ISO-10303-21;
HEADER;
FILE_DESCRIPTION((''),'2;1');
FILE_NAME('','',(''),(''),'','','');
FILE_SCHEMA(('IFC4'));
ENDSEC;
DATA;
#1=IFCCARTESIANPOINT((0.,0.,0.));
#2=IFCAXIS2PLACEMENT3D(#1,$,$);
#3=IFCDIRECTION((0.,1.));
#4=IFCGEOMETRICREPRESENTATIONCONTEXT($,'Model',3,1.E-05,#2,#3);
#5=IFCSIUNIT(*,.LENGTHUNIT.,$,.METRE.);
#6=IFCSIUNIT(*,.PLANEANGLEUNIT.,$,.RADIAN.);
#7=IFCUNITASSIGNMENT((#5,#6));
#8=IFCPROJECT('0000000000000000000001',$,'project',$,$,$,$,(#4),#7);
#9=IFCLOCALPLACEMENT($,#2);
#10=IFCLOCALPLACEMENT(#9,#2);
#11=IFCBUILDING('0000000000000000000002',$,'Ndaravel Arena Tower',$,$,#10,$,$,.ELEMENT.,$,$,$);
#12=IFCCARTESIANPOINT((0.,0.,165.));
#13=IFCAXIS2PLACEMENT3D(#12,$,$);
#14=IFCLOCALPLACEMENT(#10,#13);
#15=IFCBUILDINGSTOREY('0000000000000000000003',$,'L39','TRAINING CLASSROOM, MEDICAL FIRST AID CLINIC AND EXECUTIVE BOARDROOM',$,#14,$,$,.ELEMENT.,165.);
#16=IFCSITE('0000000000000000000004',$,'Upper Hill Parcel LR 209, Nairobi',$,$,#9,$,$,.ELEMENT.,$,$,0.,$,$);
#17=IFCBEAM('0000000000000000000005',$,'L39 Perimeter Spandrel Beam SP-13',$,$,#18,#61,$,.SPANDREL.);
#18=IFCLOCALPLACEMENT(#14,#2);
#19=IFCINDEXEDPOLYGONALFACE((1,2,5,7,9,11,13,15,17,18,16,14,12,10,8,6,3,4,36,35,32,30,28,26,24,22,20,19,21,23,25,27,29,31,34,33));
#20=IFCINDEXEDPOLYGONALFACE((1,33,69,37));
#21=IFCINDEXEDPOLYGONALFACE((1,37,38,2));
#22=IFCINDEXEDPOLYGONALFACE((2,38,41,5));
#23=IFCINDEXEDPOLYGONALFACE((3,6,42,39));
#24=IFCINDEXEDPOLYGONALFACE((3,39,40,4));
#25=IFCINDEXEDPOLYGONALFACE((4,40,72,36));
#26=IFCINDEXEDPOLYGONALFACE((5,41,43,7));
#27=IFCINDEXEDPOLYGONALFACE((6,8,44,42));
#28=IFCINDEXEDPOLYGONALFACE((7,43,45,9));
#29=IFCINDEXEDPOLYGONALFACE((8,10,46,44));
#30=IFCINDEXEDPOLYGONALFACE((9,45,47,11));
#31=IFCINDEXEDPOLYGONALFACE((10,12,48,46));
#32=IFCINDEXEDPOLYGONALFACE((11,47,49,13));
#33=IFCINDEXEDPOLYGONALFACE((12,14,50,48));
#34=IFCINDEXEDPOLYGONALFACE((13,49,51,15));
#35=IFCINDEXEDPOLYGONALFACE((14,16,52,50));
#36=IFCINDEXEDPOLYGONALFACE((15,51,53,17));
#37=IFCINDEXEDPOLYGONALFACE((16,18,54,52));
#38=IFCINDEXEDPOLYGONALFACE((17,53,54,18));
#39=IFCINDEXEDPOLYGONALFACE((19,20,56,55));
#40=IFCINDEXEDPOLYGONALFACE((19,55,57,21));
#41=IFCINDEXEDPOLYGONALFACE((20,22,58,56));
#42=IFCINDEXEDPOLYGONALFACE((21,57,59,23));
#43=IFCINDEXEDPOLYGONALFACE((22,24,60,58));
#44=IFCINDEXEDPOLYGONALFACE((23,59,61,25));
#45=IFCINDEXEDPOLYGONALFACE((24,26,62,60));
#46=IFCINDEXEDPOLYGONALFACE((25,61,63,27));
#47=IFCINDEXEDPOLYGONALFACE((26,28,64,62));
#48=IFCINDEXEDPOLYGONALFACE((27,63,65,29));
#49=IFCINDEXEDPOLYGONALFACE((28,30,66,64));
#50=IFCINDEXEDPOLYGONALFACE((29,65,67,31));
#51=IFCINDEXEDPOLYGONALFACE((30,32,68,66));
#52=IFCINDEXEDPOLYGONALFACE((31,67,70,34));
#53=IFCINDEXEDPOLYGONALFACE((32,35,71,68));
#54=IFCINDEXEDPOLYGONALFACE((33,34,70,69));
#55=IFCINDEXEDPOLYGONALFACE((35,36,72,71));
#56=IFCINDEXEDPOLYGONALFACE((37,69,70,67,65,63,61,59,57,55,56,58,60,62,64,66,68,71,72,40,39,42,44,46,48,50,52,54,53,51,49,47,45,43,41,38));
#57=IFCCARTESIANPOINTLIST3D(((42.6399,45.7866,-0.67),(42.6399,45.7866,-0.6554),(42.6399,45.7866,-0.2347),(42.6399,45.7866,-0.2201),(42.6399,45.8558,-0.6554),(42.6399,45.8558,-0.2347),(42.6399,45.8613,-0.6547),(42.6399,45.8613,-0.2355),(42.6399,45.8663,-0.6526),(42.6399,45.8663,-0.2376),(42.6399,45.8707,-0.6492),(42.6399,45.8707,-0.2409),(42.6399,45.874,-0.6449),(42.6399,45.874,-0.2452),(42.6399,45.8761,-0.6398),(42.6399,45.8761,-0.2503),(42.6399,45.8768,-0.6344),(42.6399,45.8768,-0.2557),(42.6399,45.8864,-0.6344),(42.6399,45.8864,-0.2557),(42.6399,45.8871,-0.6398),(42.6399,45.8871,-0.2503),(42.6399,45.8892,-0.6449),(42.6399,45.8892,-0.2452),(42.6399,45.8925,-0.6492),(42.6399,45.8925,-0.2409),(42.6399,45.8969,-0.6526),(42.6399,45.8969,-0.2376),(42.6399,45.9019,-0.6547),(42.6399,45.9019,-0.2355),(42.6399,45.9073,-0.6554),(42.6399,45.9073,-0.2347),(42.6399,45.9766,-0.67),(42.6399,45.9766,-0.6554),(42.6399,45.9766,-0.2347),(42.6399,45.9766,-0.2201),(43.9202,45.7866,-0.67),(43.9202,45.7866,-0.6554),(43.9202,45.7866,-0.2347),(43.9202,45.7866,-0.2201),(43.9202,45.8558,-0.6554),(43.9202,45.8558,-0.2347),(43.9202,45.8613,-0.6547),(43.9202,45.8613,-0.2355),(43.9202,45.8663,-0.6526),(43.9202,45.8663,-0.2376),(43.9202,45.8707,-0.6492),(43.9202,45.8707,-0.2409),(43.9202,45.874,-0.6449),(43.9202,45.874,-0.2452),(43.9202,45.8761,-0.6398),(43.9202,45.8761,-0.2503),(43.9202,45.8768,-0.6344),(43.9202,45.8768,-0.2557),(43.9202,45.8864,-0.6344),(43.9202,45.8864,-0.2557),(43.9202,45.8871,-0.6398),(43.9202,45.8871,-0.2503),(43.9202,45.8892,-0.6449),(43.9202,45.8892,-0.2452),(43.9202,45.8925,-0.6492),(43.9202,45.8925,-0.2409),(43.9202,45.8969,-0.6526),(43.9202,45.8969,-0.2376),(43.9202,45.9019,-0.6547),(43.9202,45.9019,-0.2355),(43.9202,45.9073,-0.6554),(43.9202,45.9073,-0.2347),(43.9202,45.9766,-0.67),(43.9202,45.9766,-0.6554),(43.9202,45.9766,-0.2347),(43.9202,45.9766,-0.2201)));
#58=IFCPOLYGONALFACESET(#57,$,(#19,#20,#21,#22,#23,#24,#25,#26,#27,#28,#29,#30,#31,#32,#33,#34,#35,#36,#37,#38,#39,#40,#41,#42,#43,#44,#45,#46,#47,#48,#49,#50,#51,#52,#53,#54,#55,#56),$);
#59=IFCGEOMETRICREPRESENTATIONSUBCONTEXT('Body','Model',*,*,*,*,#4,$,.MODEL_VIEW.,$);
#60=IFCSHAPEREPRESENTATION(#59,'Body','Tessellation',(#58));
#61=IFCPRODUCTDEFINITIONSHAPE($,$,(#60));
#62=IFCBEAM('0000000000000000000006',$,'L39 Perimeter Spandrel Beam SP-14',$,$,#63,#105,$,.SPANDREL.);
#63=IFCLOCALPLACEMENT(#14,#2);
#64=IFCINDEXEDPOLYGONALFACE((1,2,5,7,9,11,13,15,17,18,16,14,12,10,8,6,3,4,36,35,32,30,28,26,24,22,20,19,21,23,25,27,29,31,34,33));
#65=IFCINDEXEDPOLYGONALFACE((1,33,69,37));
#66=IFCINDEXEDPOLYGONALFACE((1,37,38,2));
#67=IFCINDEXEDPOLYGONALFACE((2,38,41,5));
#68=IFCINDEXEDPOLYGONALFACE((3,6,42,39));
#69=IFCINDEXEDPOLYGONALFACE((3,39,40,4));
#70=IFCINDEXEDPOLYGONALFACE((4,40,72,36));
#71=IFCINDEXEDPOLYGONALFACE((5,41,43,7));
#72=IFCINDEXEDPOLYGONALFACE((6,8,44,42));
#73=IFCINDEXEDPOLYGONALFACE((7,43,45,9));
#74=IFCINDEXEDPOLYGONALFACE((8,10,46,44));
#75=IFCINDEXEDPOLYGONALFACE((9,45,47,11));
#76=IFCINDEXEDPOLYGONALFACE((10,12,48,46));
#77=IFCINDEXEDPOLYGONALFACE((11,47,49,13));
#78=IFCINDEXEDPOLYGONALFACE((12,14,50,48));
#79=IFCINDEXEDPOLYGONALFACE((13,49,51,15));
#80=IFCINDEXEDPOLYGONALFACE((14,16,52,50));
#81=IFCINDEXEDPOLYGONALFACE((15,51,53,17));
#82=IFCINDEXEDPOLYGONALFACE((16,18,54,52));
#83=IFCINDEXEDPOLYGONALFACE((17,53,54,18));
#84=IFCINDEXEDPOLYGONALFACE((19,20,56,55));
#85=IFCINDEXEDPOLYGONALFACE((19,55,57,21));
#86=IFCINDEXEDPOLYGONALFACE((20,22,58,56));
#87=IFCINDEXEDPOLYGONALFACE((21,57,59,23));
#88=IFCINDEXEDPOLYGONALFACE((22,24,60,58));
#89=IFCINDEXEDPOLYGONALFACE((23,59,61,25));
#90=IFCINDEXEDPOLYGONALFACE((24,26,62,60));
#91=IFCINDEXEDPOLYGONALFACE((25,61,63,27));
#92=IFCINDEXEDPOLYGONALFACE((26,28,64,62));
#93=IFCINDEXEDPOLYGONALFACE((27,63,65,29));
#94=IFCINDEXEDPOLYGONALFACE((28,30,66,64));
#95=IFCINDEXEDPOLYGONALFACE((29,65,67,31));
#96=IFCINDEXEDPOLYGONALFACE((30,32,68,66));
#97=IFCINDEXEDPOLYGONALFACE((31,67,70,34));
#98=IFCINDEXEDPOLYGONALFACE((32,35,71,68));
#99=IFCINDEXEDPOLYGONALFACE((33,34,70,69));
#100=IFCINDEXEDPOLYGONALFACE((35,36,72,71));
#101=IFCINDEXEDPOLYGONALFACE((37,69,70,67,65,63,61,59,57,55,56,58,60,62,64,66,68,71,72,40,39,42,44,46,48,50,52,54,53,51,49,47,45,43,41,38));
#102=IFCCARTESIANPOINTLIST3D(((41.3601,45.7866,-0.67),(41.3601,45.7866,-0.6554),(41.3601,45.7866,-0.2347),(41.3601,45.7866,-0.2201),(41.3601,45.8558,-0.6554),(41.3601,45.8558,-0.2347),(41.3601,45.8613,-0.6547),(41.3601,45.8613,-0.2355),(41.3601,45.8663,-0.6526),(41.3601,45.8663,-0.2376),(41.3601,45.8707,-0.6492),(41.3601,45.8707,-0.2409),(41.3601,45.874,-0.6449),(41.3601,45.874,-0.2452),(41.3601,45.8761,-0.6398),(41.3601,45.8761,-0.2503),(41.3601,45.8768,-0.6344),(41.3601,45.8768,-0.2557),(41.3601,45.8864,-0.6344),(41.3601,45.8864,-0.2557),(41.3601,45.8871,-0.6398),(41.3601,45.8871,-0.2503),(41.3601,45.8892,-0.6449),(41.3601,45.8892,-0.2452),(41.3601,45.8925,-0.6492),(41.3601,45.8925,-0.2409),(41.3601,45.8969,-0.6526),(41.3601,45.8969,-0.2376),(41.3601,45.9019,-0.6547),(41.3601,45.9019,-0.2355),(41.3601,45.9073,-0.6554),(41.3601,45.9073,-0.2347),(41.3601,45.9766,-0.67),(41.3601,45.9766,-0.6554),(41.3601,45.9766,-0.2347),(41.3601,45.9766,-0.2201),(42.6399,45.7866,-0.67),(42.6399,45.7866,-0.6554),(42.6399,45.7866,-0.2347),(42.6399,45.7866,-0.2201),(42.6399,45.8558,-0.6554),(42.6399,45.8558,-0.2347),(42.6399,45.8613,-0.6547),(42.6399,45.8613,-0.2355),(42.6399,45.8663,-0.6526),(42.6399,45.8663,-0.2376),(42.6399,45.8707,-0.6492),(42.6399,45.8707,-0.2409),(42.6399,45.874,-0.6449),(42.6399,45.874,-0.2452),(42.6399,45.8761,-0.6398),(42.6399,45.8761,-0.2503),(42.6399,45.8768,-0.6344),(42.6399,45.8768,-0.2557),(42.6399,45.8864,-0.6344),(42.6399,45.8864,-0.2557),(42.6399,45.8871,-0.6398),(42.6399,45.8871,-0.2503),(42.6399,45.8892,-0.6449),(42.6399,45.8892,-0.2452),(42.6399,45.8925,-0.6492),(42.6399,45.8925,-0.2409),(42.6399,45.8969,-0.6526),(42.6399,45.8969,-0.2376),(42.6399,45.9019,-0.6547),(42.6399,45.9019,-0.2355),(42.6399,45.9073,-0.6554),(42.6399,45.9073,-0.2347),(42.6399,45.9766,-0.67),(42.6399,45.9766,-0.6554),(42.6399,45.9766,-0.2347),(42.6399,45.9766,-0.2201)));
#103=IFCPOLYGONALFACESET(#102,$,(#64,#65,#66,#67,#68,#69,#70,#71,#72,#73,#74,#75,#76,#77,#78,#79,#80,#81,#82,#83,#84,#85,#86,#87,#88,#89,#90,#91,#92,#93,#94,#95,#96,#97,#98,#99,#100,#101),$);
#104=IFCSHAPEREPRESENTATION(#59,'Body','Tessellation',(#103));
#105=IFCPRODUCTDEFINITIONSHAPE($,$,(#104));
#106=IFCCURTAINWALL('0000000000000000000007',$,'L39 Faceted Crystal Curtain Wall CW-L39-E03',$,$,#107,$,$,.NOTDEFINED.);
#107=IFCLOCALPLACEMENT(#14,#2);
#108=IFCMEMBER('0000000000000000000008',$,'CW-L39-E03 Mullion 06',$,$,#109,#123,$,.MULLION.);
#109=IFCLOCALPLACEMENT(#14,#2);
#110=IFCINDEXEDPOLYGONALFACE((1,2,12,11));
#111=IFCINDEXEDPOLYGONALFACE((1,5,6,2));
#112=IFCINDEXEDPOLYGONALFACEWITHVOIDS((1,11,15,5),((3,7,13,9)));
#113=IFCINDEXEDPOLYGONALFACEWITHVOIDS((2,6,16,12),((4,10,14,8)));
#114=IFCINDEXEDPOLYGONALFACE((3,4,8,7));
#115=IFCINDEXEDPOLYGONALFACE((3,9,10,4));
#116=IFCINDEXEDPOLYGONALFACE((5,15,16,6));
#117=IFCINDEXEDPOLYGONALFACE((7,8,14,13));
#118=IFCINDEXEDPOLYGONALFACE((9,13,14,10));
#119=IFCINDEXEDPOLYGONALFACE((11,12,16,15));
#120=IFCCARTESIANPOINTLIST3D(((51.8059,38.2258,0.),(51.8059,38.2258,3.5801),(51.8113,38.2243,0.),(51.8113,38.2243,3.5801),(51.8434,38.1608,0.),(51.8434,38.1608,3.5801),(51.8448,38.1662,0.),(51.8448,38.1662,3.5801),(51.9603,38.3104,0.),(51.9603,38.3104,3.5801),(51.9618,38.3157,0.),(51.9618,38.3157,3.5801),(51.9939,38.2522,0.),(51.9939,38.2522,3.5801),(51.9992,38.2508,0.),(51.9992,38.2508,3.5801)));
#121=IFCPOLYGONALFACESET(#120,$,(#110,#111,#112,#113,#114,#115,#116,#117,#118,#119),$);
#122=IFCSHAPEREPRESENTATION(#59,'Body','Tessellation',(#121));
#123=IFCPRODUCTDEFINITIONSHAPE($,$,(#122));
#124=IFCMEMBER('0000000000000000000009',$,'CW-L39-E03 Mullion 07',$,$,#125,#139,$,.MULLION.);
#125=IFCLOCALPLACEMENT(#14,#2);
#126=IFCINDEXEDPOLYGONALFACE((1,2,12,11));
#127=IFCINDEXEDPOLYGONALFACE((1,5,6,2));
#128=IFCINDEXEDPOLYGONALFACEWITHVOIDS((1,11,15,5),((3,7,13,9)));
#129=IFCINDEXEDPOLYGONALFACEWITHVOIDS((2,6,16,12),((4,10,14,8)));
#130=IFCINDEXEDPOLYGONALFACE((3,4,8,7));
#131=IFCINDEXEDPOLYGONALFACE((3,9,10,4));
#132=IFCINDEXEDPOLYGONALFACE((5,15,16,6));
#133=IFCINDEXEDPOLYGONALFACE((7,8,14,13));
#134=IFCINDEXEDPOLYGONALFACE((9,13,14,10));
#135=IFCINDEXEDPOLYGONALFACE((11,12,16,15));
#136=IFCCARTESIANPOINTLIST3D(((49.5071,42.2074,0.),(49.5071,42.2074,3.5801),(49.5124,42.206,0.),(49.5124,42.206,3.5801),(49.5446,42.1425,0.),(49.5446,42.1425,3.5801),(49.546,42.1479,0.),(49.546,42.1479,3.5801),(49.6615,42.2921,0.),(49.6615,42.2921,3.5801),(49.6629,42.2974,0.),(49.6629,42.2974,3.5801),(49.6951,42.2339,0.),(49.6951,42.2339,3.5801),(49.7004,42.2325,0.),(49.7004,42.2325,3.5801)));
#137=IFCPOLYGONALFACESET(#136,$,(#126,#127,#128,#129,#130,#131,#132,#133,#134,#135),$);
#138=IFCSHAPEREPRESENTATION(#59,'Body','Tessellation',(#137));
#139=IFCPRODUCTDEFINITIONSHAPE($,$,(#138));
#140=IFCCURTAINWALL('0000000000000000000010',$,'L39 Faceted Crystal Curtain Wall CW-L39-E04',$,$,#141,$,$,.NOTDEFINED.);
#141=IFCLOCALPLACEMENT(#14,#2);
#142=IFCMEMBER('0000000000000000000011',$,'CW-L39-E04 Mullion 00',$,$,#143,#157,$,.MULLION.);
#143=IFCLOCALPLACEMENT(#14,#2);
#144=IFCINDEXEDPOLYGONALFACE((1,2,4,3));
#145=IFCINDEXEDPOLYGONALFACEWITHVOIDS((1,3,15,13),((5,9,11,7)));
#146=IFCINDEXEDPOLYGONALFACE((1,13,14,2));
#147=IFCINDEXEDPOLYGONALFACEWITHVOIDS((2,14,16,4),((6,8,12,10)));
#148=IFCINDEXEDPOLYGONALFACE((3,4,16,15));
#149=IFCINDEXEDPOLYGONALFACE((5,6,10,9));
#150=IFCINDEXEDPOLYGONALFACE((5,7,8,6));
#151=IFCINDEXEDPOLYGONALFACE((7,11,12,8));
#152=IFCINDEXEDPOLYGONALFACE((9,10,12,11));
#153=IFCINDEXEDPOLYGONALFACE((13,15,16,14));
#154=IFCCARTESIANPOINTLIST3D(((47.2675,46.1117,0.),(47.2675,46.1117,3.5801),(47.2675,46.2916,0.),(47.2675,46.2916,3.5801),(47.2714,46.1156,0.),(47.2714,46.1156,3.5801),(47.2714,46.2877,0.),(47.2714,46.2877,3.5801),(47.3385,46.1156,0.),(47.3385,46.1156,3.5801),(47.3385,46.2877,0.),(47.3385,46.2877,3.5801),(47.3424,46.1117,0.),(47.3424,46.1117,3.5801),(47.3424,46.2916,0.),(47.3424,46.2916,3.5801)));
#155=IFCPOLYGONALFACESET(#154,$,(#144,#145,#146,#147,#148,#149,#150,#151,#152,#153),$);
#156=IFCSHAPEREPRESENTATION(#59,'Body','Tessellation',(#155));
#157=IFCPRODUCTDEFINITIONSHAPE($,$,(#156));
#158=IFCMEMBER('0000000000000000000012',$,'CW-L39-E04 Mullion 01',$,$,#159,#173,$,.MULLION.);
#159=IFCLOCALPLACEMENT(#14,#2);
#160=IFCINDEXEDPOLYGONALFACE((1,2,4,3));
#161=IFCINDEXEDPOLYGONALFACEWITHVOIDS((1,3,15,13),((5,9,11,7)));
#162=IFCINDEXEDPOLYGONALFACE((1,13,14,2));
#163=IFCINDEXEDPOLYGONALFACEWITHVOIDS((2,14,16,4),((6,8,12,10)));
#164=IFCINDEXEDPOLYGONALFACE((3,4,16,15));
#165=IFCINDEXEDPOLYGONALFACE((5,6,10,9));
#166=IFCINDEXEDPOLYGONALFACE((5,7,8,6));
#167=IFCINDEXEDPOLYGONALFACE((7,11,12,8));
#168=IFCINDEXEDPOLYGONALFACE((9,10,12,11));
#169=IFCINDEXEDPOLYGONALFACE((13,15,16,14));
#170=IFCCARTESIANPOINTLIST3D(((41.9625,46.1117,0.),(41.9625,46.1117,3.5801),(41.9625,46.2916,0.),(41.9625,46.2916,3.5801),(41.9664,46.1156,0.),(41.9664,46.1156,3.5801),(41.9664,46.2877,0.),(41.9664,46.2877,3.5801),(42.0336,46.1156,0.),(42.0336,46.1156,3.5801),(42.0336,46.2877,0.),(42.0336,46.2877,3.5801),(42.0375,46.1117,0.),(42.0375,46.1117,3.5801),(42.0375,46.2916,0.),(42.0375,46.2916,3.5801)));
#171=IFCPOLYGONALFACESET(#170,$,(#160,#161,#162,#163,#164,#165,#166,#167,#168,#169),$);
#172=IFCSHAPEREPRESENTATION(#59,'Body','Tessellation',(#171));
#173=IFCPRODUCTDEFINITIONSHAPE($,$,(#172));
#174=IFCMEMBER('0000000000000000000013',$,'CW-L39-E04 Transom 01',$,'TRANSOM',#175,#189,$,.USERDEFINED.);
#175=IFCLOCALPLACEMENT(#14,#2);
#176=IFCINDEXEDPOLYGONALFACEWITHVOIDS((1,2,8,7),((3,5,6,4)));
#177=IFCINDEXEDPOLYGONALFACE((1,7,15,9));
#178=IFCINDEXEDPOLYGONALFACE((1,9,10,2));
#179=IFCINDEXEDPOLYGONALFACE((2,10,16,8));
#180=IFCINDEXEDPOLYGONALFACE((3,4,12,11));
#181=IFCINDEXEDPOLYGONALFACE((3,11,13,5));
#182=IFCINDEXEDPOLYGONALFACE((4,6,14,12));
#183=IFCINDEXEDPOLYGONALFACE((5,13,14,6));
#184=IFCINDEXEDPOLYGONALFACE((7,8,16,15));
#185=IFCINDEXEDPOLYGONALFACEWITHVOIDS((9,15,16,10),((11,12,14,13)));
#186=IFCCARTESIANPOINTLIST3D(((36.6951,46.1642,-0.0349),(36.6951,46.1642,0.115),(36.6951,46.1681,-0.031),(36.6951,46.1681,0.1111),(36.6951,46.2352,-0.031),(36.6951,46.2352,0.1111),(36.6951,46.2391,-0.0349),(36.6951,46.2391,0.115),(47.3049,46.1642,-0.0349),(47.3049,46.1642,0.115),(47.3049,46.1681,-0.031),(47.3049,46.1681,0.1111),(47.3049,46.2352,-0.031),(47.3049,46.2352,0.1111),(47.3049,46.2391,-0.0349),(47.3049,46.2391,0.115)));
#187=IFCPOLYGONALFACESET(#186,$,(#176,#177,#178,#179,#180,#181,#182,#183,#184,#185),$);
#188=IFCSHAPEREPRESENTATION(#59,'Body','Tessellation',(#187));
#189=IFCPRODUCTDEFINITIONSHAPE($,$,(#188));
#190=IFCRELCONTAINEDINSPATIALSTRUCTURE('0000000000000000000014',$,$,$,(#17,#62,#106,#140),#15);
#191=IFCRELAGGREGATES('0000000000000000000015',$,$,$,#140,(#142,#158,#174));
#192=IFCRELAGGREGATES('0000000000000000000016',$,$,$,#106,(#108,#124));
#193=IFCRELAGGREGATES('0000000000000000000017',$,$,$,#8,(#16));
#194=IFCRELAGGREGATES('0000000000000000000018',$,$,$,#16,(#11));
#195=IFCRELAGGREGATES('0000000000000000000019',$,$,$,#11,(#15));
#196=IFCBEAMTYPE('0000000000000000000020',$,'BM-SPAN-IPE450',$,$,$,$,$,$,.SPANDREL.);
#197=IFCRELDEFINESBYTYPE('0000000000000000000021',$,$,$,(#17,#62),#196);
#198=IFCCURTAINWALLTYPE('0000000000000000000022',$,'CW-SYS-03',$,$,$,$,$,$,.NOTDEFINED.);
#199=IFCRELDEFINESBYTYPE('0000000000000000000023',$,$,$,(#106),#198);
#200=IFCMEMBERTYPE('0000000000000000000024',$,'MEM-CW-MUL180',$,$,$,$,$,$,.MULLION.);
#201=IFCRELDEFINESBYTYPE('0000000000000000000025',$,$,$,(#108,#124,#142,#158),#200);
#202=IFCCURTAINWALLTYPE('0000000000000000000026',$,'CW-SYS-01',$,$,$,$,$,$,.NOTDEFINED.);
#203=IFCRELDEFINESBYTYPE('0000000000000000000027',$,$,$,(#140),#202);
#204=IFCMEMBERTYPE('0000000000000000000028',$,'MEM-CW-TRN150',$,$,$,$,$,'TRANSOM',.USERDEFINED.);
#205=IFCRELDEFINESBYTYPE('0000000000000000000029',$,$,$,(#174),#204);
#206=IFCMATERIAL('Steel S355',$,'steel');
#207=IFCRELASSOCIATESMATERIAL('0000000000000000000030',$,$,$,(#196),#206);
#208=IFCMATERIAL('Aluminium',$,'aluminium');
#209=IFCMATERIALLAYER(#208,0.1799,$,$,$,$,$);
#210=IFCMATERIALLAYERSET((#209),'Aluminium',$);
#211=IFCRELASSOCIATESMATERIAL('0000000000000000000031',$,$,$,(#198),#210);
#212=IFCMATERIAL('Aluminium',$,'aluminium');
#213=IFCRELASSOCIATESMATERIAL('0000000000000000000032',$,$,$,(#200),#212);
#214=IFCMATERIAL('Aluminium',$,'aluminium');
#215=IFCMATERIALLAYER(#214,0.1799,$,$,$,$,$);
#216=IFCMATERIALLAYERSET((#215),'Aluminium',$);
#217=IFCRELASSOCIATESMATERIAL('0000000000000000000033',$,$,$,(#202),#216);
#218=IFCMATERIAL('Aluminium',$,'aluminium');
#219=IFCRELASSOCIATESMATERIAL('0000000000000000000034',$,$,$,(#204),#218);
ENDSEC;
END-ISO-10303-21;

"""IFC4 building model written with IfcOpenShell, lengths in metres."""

from ifc_helpers import new_model, si_unit, direction, frame, origin, origin_2d, place, context, subcontext, project, spatial, hollow_rectangle, i_section, extrude, material, layer, layer_set, material_profile, profile_set, type_object, element, aggregate, save


model = new_model("IFC4")

# Units and contexts
model_context = context("Model", 3, precision=1e-05, world=origin(), true_north=direction((0.0, 1.0)))
body_context = subcontext(model_context, "Body", "Model", "MODEL_VIEW")
ifc_project = project(units=[si_unit("LENGTHUNIT", "METRE"), si_unit("PLANEANGLEUNIT", "RADIAN")], contexts=[model_context])

# Site, building, storey
site_placement = place(None, origin())
site = spatial("IfcSite", under=ifc_project, at=site_placement, Name="Upper Hill Parcel LR 209, Nairobi", CompositionType="ELEMENT", RefElevation=0.0)
building_placement = place(site_placement, origin())
building = spatial("IfcBuilding", under=site, at=building_placement, Name="Ndaravel Arena Tower", CompositionType="ELEMENT")
storey_placement = place(building_placement, frame((0.0, 0.0, 165.0)))
storey = spatial("IfcBuildingStorey", under=building, at=storey_placement, Name="L39", Description="TRAINING CLASSROOM, MEDICAL FIRST AID CLINIC AND EXECUTIVE BOARDROOM", CompositionType="ELEMENT", Elevation=165.0)

# Beams
ifc_material_1 = material(Name="Steel S355", Category="steel")
ifc_material_profile_1 = material_profile(ifc_material_1, i_section(OverallWidth=0.1899, OverallDepth=0.45, WebThickness=0.0095, FlangeThickness=0.0146, FilletRadius=0.021, at=origin_2d()), Name="IPE 450")
ifc_profile_set_1 = profile_set([ifc_material_profile_1], Name="Steel S355")
beam_type_1 = type_object("IfcBeamType", Name="BM-SPAN-IPE450", PredefinedType="SPANDREL", material=ifc_profile_set_1)
beam_1_placement = place(storey_placement, frame((43.9202, 45.8816, -0.4451), z_axis=(-1.0, 0.0, 0.0), x_axis=(0.0, -1.0, 0.0)))
element("IfcBeam", 1, at=beam_1_placement, inside=storey, type_object=beam_type_1, Name="L39 Perimeter Spandrel Beam SP-13", PredefinedType="SPANDREL", context=body_context, shape_type="SweptSolid", body=[
    extrude(i_section(OverallWidth=0.1899, OverallDepth=0.45, WebThickness=0.0095, FlangeThickness=0.0146, FilletRadius=0.021, at=origin_2d()), origin(), (0.0, 0.0, 1.0), 1.2803),
])
beam_2_placement = place(storey_placement, frame((42.6399, 45.8816, -0.4451), z_axis=(-1.0, 0.0, 0.0), x_axis=(0.0, -1.0, 0.0)))
element("IfcBeam", 2, at=beam_2_placement, inside=storey, type_object=beam_type_1, Name="L39 Perimeter Spandrel Beam SP-14", PredefinedType="SPANDREL", context=body_context, shape_type="SweptSolid", body=[
    extrude(i_section(OverallWidth=0.1899, OverallDepth=0.45, WebThickness=0.0095, FlangeThickness=0.0146, FilletRadius=0.021, at=origin_2d()), origin(), (0.0, 0.0, 1.0), 1.2798),
])

# Curtain wall, members
ifc_material_2 = material(Name="Aluminium", Category="aluminium")
ifc_layer_1 = layer(ifc_material_2, 0.1799)
ifc_layer_set_1 = layer_set([ifc_layer_1], Name="Aluminium")
curtain_wall_type_1 = type_object("IfcCurtainWallType", Name="CW-SYS-03", PredefinedType="NOTDEFINED", material=ifc_layer_set_1)
curtain_wall_1_placement = place(storey_placement, origin())
curtain_wall_1 = element("IfcCurtainWall", 3, at=curtain_wall_1_placement, inside=storey, type_object=curtain_wall_type_1, Name="L39 Faceted Crystal Curtain Wall CW-L39-E03", PredefinedType="NOTDEFINED")
ifc_material_3 = material(Name="Aluminium", Category="aluminium")
ifc_material_profile_2 = material_profile(ifc_material_3, hollow_rectangle(XDim=0.075, YDim=0.1799, WallThickness=0.0039, at=origin_2d()), Name="CW MULLION 75x180x4")
ifc_profile_set_2 = profile_set([ifc_material_profile_2], Name="Aluminium")
member_type_1 = type_object("IfcMemberType", Name="MEM-CW-MUL180", PredefinedType="MULLION", material=ifc_profile_set_2)
member_1_placement = place(storey_placement, frame((51.9026, 38.2383, 0.0), z_axis=(0.0, 0.0, 1.0), x_axis=(-0.5, 0.866025, 0.0)))
member_1 = element("IfcMember", 4, at=member_1_placement, type_object=member_type_1, Name="CW-L39-E03 Mullion 06", PredefinedType="MULLION", context=body_context, shape_type="SweptSolid", body=[
    extrude(hollow_rectangle(XDim=0.075, YDim=0.1799, WallThickness=0.0039, at=origin_2d()), origin(), (0.0, 0.0, 1.0), 3.5801),
])
member_2_placement = place(storey_placement, frame((49.6038, 42.22, 0.0), z_axis=(0.0, 0.0, 1.0), x_axis=(-0.5, 0.866025, 0.0)))
member_2 = element("IfcMember", 5, at=member_2_placement, type_object=member_type_1, Name="CW-L39-E03 Mullion 07", PredefinedType="MULLION", context=body_context, shape_type="SweptSolid", body=[
    extrude(hollow_rectangle(XDim=0.075, YDim=0.1799, WallThickness=0.0039, at=origin_2d()), origin(), (0.0, 0.0, 1.0), 3.5801),
])

# Curtain wall, members
ifc_material_4 = material(Name="Aluminium", Category="aluminium")
ifc_layer_2 = layer(ifc_material_4, 0.1799)
ifc_layer_set_2 = layer_set([ifc_layer_2], Name="Aluminium")
curtain_wall_type_2 = type_object("IfcCurtainWallType", Name="CW-SYS-01", PredefinedType="NOTDEFINED", material=ifc_layer_set_2)
curtain_wall_2_placement = place(storey_placement, origin())
curtain_wall_2 = element("IfcCurtainWall", 6, at=curtain_wall_2_placement, inside=storey, type_object=curtain_wall_type_2, Name="L39 Faceted Crystal Curtain Wall CW-L39-E04", PredefinedType="NOTDEFINED")
member_3_placement = place(storey_placement, frame((47.3049, 46.2017, 0.0), z_axis=(0.0, 0.0, 1.0), x_axis=(-1.0, 0.0, 0.0)))
member_3 = element("IfcMember", 7, at=member_3_placement, type_object=member_type_1, Name="CW-L39-E04 Mullion 00", PredefinedType="MULLION", context=body_context, shape_type="SweptSolid", body=[
    extrude(hollow_rectangle(XDim=0.075, YDim=0.1799, WallThickness=0.0039, at=origin_2d()), origin(), (0.0, 0.0, 1.0), 3.5801),
])
member_4_placement = place(storey_placement, frame((42.0, 46.2017, 0.0), z_axis=(0.0, 0.0, 1.0), x_axis=(-1.0, 0.0, 0.0)))
member_4 = element("IfcMember", 8, at=member_4_placement, type_object=member_type_1, Name="CW-L39-E04 Mullion 01", PredefinedType="MULLION", context=body_context, shape_type="SweptSolid", body=[
    extrude(hollow_rectangle(XDim=0.075, YDim=0.1799, WallThickness=0.0039, at=origin_2d()), origin(), (0.0, 0.0, 1.0), 3.5801),
])
ifc_material_5 = material(Name="Aluminium", Category="aluminium")
ifc_material_profile_3 = material_profile(ifc_material_5, hollow_rectangle(XDim=0.075, YDim=0.1499, WallThickness=0.0039, at=origin_2d()), Name="CW TRANSOM 75x150x4")
ifc_profile_set_3 = profile_set([ifc_material_profile_3], Name="Aluminium")
member_type_2 = type_object("IfcMemberType", Name="MEM-CW-TRN150", ElementType="TRANSOM", PredefinedType="USERDEFINED", material=ifc_profile_set_3)
member_5_placement = place(storey_placement, frame((47.3049, 46.2017, 0.04), z_axis=(-1.0, 0.0, 0.0), x_axis=(0.0, -1.0, 0.0)))
member_5 = element("IfcMember", 9, at=member_5_placement, type_object=member_type_2, Name="CW-L39-E04 Transom 01", ObjectType="TRANSOM", PredefinedType="USERDEFINED", context=body_context, shape_type="SweptSolid", body=[
    extrude(hollow_rectangle(XDim=0.075, YDim=0.1499, WallThickness=0.0039, at=origin_2d()), origin(), (0.0, 0.0, 1.0), 10.6099),
])
aggregate(curtain_wall_2, [member_3, member_4, member_5])

aggregate(curtain_wall_1, [member_1, member_2])

save(model, "model.ifc")
